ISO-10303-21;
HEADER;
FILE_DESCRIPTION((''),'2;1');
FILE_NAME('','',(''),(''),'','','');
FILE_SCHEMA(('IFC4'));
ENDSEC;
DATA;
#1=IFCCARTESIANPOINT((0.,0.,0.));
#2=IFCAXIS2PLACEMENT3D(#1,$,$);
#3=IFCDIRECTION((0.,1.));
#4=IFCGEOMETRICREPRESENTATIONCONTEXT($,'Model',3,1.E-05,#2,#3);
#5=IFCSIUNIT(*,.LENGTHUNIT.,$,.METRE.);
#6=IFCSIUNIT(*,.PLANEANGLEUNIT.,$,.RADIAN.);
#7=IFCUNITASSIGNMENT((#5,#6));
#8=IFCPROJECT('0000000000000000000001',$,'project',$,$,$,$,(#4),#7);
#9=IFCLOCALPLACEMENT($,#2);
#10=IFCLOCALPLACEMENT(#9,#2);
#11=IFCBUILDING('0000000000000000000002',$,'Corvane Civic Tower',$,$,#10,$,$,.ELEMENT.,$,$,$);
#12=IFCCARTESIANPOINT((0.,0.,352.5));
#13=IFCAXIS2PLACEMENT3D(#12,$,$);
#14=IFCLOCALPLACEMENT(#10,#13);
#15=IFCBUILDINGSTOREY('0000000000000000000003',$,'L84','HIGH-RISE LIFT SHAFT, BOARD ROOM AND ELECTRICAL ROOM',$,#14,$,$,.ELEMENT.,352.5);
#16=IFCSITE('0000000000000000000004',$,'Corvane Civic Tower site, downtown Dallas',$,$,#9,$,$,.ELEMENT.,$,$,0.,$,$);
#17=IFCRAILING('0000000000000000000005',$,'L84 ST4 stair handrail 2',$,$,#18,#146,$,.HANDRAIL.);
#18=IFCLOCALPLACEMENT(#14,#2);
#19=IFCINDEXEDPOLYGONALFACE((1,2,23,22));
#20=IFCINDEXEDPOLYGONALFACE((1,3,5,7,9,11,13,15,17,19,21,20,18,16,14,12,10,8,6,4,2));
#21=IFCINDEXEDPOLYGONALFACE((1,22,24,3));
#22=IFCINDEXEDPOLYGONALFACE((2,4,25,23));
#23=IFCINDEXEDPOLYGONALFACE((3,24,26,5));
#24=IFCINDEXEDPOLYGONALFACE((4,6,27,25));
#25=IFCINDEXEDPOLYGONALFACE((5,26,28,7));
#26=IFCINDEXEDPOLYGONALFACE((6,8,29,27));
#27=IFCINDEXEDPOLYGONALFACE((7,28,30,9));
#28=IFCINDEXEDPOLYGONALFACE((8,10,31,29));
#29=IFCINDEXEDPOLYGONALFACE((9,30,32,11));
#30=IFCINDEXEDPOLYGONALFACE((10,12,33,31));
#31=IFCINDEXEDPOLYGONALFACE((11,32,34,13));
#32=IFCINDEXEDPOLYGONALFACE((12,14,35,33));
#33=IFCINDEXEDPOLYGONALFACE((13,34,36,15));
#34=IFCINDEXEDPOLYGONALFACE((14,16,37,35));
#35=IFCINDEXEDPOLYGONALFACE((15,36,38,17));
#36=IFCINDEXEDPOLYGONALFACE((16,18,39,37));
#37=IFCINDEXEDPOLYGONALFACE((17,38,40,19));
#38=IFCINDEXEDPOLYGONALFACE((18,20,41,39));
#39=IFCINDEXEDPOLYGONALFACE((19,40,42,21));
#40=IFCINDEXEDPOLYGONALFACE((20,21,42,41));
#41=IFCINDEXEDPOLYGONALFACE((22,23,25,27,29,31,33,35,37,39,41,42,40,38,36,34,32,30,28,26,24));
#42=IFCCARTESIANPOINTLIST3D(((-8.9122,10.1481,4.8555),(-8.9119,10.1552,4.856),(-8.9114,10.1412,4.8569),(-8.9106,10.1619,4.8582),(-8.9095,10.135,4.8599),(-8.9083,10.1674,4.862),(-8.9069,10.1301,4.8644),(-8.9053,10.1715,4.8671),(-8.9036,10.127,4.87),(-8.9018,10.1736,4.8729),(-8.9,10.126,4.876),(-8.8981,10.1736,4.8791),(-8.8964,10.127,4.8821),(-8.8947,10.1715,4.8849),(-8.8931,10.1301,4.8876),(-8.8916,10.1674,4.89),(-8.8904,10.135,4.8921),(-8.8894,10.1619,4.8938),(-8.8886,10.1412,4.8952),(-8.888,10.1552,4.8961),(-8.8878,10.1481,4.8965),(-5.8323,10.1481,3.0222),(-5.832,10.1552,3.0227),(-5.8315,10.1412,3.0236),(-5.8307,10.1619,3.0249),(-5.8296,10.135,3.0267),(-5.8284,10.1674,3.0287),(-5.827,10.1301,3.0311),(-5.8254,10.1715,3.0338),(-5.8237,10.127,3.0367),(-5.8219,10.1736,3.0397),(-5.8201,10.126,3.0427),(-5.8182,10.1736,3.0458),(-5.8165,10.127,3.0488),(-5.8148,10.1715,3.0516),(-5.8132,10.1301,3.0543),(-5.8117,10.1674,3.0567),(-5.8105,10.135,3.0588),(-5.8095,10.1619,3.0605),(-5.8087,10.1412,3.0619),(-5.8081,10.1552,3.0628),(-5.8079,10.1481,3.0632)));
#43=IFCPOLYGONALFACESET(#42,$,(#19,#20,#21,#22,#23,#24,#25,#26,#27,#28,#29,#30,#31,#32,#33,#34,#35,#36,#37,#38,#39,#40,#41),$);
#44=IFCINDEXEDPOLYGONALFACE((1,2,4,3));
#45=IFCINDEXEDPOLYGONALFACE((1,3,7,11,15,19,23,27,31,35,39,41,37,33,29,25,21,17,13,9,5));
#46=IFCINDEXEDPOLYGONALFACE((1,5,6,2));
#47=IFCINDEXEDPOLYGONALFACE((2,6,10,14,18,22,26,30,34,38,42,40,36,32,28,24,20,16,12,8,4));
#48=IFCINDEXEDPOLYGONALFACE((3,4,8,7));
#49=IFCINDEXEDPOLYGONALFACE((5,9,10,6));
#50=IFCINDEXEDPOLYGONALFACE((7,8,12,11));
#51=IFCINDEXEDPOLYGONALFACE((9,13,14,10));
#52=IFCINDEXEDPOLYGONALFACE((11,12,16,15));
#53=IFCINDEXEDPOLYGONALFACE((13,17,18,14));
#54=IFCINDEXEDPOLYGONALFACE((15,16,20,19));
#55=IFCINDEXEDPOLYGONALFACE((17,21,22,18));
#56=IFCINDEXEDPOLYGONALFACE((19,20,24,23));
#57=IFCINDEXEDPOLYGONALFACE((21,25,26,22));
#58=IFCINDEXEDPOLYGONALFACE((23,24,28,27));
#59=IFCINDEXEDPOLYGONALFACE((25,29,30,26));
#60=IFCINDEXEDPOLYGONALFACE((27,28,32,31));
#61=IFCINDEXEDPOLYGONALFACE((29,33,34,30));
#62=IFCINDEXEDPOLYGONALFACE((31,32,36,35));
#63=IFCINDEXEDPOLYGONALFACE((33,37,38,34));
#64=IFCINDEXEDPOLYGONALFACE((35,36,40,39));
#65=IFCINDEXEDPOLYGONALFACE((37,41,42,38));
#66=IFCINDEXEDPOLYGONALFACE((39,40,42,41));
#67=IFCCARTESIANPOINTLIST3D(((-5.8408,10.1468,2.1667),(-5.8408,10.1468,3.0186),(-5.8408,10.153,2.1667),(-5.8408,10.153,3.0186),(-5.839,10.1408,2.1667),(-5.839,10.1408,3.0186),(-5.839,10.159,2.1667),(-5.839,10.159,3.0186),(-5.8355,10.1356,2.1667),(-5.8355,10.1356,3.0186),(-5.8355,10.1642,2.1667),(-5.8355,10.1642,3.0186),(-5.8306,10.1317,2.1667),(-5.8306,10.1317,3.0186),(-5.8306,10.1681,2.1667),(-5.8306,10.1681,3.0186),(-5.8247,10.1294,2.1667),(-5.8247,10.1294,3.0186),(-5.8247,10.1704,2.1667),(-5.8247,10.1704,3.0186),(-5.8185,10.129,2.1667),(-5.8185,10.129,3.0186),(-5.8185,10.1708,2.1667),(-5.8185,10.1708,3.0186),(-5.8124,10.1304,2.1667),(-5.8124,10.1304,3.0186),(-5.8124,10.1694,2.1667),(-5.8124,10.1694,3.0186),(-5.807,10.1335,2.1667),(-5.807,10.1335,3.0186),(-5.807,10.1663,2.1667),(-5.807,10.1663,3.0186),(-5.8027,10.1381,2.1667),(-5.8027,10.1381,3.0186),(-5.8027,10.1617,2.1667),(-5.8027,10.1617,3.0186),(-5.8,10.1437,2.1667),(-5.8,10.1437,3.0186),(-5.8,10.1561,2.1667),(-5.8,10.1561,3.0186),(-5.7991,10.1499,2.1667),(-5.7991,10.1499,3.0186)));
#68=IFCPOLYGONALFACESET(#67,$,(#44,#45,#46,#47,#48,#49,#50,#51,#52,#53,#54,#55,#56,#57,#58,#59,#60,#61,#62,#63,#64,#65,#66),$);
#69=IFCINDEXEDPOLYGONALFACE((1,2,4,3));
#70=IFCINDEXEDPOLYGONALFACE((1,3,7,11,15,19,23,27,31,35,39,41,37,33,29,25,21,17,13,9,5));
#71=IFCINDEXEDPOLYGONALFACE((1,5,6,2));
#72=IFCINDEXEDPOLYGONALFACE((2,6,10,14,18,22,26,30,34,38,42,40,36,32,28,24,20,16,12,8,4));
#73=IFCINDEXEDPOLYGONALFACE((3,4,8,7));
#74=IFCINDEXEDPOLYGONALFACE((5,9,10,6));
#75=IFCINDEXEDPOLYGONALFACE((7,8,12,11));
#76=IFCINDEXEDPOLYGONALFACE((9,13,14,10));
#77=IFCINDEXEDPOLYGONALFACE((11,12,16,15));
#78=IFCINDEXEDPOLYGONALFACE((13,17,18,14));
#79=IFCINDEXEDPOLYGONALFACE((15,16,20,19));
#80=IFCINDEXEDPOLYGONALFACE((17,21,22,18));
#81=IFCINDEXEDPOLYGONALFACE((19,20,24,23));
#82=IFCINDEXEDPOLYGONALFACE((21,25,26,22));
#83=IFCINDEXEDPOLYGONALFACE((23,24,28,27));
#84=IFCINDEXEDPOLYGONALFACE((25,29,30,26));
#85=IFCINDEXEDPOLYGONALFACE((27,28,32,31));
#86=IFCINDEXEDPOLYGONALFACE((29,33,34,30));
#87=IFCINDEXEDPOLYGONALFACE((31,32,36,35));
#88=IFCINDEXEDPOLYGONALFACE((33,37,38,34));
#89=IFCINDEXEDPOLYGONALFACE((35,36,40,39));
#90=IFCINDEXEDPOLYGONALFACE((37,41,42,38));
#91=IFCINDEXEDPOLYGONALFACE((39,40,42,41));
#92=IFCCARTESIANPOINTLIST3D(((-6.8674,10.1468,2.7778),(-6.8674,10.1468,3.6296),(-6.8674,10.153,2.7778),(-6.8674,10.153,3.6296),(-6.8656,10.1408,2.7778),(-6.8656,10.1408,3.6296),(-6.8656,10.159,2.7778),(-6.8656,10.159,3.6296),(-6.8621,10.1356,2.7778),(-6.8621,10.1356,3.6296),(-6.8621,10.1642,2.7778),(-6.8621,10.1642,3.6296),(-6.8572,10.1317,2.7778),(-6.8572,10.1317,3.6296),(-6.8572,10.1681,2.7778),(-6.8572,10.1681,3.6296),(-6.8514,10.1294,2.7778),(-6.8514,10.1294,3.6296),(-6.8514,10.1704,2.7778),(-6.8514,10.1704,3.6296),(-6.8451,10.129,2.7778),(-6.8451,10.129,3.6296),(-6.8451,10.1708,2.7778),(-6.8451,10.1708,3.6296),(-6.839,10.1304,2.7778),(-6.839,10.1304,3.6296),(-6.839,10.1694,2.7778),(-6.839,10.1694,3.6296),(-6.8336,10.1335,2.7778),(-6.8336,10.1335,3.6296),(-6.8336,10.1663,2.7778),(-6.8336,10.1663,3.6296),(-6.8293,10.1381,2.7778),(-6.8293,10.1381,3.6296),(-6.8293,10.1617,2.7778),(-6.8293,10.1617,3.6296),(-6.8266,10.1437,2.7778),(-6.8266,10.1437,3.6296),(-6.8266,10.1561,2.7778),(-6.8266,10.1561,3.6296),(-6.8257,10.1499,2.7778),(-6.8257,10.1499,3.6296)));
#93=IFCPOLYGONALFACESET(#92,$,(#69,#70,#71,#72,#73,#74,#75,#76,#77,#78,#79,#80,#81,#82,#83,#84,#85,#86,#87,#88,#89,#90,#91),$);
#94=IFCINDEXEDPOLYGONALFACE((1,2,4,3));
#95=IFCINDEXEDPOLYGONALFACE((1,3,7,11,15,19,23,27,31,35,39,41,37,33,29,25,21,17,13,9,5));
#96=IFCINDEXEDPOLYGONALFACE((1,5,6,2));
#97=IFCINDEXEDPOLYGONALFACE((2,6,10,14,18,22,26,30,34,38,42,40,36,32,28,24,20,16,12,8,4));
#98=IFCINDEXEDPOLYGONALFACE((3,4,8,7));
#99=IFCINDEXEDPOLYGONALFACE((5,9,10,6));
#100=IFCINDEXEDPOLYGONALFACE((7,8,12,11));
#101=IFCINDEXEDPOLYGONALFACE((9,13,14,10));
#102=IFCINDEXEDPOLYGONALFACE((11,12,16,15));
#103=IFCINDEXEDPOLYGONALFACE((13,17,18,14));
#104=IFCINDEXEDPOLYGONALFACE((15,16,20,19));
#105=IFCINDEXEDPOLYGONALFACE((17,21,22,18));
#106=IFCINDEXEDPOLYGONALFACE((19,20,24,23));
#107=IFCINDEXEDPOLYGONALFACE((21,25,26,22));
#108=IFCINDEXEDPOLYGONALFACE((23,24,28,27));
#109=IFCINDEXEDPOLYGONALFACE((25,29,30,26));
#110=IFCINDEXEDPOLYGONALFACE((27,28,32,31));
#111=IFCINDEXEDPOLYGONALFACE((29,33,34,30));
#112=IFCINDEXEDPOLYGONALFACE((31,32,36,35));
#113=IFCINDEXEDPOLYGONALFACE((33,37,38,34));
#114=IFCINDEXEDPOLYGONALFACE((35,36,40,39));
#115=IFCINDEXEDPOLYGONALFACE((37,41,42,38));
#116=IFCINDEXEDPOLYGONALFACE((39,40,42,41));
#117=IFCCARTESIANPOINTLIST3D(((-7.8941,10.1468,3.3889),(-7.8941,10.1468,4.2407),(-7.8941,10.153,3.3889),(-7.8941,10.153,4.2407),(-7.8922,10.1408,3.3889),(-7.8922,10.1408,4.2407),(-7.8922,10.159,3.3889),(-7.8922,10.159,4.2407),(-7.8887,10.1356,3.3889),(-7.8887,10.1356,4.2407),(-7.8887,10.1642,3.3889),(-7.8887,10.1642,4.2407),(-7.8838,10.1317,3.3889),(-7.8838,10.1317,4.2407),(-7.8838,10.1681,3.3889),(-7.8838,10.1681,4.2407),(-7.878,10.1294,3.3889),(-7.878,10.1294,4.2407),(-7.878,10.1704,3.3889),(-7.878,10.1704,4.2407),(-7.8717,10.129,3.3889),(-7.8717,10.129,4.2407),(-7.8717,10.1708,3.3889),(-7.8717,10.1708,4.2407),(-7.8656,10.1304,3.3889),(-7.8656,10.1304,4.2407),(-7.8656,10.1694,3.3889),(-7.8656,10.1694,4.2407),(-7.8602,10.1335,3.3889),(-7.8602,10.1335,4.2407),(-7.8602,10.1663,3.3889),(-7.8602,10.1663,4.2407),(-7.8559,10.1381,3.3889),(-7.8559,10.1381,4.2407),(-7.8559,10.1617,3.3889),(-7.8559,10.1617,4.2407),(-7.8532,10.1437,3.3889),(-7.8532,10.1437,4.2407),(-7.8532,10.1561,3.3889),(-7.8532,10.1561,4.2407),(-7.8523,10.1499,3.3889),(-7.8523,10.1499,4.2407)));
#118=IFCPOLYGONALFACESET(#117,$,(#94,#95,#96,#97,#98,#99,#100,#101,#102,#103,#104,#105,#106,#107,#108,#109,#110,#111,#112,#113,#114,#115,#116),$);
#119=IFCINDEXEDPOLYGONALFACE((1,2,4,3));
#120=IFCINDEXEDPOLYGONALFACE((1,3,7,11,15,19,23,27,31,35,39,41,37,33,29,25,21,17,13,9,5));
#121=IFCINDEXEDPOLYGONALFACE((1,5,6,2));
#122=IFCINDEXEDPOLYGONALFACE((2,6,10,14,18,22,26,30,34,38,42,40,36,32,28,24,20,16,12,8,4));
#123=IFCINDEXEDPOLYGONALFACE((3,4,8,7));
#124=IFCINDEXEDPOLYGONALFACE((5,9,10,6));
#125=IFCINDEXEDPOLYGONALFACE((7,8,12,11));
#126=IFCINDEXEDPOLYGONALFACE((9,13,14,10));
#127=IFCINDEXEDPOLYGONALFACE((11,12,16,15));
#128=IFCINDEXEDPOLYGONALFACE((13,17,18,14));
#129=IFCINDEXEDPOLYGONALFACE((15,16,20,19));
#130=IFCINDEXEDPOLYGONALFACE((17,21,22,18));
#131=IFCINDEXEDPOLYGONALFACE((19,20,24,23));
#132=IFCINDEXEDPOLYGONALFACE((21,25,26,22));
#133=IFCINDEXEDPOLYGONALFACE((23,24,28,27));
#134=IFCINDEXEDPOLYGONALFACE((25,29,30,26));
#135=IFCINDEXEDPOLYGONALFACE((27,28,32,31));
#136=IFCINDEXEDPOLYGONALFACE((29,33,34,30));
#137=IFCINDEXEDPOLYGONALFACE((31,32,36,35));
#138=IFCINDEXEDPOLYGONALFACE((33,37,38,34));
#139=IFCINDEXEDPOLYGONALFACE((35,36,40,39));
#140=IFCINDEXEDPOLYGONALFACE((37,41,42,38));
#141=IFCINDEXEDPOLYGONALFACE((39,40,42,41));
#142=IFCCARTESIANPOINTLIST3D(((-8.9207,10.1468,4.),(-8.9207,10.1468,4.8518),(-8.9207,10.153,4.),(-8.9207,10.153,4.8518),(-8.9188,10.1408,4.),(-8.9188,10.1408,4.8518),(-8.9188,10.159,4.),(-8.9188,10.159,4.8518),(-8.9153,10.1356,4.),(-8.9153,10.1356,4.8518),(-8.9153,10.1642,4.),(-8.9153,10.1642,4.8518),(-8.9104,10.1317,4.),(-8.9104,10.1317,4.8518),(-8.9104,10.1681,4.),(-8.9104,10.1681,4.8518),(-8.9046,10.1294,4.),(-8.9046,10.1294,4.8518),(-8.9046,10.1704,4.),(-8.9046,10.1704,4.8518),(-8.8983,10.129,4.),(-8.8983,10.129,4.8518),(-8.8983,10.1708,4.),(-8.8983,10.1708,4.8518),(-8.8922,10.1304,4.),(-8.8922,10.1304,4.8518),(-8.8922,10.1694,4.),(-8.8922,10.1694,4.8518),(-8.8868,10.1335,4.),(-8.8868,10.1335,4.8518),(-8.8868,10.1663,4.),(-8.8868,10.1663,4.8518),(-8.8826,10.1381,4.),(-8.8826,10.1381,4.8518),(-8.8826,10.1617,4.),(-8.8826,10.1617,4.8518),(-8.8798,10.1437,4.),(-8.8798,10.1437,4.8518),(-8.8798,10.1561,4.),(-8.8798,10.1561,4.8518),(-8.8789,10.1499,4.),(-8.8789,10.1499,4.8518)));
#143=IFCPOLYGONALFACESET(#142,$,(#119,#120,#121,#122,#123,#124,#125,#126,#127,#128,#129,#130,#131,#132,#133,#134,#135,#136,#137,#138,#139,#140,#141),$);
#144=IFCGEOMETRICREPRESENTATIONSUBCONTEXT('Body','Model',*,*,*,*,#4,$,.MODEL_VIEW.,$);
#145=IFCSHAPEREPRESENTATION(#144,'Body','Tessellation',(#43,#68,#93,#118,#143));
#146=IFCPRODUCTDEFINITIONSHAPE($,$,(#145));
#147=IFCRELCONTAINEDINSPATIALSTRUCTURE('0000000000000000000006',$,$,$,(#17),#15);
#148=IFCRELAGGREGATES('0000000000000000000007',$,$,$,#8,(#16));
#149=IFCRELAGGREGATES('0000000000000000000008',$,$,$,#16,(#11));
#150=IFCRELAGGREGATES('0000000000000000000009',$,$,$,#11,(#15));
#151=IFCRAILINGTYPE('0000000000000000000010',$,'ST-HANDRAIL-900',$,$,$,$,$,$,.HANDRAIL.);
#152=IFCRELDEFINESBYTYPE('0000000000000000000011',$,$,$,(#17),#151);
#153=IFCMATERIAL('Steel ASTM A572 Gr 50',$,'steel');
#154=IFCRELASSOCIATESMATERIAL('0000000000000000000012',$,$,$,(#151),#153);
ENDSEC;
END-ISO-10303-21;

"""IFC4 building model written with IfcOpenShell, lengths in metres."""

from ifc_helpers import new_model, si_unit, direction, frame, origin, origin_2d, place, context, subcontext, project, spatial, circle, extrude, material, type_object, element, save


model = new_model("IFC4")

# Units and contexts
model_context = context("Model", 3, precision=1e-05, world=origin(), true_north=direction((0.0, 1.0)))
body_context = subcontext(model_context, "Body", "Model", "MODEL_VIEW")
ifc_project = project(units=[si_unit("LENGTHUNIT", "METRE"), si_unit("PLANEANGLEUNIT", "RADIAN")], contexts=[model_context])

# Site, building, storey
site_placement = place(None, origin())
site = spatial("IfcSite", under=ifc_project, at=site_placement, Name="Corvane Civic Tower site, downtown Dallas", CompositionType="ELEMENT", RefElevation=0.0)
building_placement = place(site_placement, origin())
building = spatial("IfcBuilding", under=site, at=building_placement, Name="Corvane Civic Tower", CompositionType="ELEMENT")
storey_placement = place(building_placement, frame((0.0, 0.0, 352.5)))
storey = spatial("IfcBuildingStorey", under=building, at=storey_placement, Name="L84", Description="HIGH-RISE LIFT SHAFT, BOARD ROOM AND ELECTRICAL ROOM", CompositionType="ELEMENT", Elevation=352.5)

# Railing
ifc_material_1 = material(Name="Steel ASTM A572 Gr 50", Category="steel")
railing_type = type_object("IfcRailingType", Name="ST-HANDRAIL-900", PredefinedType="HANDRAIL", material=ifc_material_1)
railing_placement = place(storey_placement, frame((-5.8201, 10.1499, 2.1667)))
element("IfcRailing", 1, at=railing_placement, inside=storey, type_object=railing_type, Name="L84 ST4 stair handrail 2", PredefinedType="HANDRAIL", context=body_context, shape_type="SweptSolid", body=[
    extrude(circle(Radius=0.0239, at=origin_2d()), frame((0.0, 0.0, 0.876), z_axis=(-0.859291, 0.0, 0.511487), x_axis=(0.0, -1.0, 0.0)), (0.0, 0.0, 1.0), 3.5842),
    extrude(circle(Radius=0.021, at=origin_2d()), origin(), (0.0, 0.0, 1.0), 0.8518),
    extrude(circle(Radius=0.021, at=origin_2d()), frame((-1.0266, 0.0, 0.6111)), (0.0, 0.0, 1.0), 0.8518),
    extrude(circle(Radius=0.021, at=origin_2d()), frame((-2.0532, 0.0, 1.2222)), (0.0, 0.0, 1.0), 0.8518),
    extrude(circle(Radius=0.021, at=origin_2d()), frame((-3.0798, 0.0, 1.8333)), (0.0, 0.0, 1.0), 0.8518),
])

save(model, "model.ifc")
